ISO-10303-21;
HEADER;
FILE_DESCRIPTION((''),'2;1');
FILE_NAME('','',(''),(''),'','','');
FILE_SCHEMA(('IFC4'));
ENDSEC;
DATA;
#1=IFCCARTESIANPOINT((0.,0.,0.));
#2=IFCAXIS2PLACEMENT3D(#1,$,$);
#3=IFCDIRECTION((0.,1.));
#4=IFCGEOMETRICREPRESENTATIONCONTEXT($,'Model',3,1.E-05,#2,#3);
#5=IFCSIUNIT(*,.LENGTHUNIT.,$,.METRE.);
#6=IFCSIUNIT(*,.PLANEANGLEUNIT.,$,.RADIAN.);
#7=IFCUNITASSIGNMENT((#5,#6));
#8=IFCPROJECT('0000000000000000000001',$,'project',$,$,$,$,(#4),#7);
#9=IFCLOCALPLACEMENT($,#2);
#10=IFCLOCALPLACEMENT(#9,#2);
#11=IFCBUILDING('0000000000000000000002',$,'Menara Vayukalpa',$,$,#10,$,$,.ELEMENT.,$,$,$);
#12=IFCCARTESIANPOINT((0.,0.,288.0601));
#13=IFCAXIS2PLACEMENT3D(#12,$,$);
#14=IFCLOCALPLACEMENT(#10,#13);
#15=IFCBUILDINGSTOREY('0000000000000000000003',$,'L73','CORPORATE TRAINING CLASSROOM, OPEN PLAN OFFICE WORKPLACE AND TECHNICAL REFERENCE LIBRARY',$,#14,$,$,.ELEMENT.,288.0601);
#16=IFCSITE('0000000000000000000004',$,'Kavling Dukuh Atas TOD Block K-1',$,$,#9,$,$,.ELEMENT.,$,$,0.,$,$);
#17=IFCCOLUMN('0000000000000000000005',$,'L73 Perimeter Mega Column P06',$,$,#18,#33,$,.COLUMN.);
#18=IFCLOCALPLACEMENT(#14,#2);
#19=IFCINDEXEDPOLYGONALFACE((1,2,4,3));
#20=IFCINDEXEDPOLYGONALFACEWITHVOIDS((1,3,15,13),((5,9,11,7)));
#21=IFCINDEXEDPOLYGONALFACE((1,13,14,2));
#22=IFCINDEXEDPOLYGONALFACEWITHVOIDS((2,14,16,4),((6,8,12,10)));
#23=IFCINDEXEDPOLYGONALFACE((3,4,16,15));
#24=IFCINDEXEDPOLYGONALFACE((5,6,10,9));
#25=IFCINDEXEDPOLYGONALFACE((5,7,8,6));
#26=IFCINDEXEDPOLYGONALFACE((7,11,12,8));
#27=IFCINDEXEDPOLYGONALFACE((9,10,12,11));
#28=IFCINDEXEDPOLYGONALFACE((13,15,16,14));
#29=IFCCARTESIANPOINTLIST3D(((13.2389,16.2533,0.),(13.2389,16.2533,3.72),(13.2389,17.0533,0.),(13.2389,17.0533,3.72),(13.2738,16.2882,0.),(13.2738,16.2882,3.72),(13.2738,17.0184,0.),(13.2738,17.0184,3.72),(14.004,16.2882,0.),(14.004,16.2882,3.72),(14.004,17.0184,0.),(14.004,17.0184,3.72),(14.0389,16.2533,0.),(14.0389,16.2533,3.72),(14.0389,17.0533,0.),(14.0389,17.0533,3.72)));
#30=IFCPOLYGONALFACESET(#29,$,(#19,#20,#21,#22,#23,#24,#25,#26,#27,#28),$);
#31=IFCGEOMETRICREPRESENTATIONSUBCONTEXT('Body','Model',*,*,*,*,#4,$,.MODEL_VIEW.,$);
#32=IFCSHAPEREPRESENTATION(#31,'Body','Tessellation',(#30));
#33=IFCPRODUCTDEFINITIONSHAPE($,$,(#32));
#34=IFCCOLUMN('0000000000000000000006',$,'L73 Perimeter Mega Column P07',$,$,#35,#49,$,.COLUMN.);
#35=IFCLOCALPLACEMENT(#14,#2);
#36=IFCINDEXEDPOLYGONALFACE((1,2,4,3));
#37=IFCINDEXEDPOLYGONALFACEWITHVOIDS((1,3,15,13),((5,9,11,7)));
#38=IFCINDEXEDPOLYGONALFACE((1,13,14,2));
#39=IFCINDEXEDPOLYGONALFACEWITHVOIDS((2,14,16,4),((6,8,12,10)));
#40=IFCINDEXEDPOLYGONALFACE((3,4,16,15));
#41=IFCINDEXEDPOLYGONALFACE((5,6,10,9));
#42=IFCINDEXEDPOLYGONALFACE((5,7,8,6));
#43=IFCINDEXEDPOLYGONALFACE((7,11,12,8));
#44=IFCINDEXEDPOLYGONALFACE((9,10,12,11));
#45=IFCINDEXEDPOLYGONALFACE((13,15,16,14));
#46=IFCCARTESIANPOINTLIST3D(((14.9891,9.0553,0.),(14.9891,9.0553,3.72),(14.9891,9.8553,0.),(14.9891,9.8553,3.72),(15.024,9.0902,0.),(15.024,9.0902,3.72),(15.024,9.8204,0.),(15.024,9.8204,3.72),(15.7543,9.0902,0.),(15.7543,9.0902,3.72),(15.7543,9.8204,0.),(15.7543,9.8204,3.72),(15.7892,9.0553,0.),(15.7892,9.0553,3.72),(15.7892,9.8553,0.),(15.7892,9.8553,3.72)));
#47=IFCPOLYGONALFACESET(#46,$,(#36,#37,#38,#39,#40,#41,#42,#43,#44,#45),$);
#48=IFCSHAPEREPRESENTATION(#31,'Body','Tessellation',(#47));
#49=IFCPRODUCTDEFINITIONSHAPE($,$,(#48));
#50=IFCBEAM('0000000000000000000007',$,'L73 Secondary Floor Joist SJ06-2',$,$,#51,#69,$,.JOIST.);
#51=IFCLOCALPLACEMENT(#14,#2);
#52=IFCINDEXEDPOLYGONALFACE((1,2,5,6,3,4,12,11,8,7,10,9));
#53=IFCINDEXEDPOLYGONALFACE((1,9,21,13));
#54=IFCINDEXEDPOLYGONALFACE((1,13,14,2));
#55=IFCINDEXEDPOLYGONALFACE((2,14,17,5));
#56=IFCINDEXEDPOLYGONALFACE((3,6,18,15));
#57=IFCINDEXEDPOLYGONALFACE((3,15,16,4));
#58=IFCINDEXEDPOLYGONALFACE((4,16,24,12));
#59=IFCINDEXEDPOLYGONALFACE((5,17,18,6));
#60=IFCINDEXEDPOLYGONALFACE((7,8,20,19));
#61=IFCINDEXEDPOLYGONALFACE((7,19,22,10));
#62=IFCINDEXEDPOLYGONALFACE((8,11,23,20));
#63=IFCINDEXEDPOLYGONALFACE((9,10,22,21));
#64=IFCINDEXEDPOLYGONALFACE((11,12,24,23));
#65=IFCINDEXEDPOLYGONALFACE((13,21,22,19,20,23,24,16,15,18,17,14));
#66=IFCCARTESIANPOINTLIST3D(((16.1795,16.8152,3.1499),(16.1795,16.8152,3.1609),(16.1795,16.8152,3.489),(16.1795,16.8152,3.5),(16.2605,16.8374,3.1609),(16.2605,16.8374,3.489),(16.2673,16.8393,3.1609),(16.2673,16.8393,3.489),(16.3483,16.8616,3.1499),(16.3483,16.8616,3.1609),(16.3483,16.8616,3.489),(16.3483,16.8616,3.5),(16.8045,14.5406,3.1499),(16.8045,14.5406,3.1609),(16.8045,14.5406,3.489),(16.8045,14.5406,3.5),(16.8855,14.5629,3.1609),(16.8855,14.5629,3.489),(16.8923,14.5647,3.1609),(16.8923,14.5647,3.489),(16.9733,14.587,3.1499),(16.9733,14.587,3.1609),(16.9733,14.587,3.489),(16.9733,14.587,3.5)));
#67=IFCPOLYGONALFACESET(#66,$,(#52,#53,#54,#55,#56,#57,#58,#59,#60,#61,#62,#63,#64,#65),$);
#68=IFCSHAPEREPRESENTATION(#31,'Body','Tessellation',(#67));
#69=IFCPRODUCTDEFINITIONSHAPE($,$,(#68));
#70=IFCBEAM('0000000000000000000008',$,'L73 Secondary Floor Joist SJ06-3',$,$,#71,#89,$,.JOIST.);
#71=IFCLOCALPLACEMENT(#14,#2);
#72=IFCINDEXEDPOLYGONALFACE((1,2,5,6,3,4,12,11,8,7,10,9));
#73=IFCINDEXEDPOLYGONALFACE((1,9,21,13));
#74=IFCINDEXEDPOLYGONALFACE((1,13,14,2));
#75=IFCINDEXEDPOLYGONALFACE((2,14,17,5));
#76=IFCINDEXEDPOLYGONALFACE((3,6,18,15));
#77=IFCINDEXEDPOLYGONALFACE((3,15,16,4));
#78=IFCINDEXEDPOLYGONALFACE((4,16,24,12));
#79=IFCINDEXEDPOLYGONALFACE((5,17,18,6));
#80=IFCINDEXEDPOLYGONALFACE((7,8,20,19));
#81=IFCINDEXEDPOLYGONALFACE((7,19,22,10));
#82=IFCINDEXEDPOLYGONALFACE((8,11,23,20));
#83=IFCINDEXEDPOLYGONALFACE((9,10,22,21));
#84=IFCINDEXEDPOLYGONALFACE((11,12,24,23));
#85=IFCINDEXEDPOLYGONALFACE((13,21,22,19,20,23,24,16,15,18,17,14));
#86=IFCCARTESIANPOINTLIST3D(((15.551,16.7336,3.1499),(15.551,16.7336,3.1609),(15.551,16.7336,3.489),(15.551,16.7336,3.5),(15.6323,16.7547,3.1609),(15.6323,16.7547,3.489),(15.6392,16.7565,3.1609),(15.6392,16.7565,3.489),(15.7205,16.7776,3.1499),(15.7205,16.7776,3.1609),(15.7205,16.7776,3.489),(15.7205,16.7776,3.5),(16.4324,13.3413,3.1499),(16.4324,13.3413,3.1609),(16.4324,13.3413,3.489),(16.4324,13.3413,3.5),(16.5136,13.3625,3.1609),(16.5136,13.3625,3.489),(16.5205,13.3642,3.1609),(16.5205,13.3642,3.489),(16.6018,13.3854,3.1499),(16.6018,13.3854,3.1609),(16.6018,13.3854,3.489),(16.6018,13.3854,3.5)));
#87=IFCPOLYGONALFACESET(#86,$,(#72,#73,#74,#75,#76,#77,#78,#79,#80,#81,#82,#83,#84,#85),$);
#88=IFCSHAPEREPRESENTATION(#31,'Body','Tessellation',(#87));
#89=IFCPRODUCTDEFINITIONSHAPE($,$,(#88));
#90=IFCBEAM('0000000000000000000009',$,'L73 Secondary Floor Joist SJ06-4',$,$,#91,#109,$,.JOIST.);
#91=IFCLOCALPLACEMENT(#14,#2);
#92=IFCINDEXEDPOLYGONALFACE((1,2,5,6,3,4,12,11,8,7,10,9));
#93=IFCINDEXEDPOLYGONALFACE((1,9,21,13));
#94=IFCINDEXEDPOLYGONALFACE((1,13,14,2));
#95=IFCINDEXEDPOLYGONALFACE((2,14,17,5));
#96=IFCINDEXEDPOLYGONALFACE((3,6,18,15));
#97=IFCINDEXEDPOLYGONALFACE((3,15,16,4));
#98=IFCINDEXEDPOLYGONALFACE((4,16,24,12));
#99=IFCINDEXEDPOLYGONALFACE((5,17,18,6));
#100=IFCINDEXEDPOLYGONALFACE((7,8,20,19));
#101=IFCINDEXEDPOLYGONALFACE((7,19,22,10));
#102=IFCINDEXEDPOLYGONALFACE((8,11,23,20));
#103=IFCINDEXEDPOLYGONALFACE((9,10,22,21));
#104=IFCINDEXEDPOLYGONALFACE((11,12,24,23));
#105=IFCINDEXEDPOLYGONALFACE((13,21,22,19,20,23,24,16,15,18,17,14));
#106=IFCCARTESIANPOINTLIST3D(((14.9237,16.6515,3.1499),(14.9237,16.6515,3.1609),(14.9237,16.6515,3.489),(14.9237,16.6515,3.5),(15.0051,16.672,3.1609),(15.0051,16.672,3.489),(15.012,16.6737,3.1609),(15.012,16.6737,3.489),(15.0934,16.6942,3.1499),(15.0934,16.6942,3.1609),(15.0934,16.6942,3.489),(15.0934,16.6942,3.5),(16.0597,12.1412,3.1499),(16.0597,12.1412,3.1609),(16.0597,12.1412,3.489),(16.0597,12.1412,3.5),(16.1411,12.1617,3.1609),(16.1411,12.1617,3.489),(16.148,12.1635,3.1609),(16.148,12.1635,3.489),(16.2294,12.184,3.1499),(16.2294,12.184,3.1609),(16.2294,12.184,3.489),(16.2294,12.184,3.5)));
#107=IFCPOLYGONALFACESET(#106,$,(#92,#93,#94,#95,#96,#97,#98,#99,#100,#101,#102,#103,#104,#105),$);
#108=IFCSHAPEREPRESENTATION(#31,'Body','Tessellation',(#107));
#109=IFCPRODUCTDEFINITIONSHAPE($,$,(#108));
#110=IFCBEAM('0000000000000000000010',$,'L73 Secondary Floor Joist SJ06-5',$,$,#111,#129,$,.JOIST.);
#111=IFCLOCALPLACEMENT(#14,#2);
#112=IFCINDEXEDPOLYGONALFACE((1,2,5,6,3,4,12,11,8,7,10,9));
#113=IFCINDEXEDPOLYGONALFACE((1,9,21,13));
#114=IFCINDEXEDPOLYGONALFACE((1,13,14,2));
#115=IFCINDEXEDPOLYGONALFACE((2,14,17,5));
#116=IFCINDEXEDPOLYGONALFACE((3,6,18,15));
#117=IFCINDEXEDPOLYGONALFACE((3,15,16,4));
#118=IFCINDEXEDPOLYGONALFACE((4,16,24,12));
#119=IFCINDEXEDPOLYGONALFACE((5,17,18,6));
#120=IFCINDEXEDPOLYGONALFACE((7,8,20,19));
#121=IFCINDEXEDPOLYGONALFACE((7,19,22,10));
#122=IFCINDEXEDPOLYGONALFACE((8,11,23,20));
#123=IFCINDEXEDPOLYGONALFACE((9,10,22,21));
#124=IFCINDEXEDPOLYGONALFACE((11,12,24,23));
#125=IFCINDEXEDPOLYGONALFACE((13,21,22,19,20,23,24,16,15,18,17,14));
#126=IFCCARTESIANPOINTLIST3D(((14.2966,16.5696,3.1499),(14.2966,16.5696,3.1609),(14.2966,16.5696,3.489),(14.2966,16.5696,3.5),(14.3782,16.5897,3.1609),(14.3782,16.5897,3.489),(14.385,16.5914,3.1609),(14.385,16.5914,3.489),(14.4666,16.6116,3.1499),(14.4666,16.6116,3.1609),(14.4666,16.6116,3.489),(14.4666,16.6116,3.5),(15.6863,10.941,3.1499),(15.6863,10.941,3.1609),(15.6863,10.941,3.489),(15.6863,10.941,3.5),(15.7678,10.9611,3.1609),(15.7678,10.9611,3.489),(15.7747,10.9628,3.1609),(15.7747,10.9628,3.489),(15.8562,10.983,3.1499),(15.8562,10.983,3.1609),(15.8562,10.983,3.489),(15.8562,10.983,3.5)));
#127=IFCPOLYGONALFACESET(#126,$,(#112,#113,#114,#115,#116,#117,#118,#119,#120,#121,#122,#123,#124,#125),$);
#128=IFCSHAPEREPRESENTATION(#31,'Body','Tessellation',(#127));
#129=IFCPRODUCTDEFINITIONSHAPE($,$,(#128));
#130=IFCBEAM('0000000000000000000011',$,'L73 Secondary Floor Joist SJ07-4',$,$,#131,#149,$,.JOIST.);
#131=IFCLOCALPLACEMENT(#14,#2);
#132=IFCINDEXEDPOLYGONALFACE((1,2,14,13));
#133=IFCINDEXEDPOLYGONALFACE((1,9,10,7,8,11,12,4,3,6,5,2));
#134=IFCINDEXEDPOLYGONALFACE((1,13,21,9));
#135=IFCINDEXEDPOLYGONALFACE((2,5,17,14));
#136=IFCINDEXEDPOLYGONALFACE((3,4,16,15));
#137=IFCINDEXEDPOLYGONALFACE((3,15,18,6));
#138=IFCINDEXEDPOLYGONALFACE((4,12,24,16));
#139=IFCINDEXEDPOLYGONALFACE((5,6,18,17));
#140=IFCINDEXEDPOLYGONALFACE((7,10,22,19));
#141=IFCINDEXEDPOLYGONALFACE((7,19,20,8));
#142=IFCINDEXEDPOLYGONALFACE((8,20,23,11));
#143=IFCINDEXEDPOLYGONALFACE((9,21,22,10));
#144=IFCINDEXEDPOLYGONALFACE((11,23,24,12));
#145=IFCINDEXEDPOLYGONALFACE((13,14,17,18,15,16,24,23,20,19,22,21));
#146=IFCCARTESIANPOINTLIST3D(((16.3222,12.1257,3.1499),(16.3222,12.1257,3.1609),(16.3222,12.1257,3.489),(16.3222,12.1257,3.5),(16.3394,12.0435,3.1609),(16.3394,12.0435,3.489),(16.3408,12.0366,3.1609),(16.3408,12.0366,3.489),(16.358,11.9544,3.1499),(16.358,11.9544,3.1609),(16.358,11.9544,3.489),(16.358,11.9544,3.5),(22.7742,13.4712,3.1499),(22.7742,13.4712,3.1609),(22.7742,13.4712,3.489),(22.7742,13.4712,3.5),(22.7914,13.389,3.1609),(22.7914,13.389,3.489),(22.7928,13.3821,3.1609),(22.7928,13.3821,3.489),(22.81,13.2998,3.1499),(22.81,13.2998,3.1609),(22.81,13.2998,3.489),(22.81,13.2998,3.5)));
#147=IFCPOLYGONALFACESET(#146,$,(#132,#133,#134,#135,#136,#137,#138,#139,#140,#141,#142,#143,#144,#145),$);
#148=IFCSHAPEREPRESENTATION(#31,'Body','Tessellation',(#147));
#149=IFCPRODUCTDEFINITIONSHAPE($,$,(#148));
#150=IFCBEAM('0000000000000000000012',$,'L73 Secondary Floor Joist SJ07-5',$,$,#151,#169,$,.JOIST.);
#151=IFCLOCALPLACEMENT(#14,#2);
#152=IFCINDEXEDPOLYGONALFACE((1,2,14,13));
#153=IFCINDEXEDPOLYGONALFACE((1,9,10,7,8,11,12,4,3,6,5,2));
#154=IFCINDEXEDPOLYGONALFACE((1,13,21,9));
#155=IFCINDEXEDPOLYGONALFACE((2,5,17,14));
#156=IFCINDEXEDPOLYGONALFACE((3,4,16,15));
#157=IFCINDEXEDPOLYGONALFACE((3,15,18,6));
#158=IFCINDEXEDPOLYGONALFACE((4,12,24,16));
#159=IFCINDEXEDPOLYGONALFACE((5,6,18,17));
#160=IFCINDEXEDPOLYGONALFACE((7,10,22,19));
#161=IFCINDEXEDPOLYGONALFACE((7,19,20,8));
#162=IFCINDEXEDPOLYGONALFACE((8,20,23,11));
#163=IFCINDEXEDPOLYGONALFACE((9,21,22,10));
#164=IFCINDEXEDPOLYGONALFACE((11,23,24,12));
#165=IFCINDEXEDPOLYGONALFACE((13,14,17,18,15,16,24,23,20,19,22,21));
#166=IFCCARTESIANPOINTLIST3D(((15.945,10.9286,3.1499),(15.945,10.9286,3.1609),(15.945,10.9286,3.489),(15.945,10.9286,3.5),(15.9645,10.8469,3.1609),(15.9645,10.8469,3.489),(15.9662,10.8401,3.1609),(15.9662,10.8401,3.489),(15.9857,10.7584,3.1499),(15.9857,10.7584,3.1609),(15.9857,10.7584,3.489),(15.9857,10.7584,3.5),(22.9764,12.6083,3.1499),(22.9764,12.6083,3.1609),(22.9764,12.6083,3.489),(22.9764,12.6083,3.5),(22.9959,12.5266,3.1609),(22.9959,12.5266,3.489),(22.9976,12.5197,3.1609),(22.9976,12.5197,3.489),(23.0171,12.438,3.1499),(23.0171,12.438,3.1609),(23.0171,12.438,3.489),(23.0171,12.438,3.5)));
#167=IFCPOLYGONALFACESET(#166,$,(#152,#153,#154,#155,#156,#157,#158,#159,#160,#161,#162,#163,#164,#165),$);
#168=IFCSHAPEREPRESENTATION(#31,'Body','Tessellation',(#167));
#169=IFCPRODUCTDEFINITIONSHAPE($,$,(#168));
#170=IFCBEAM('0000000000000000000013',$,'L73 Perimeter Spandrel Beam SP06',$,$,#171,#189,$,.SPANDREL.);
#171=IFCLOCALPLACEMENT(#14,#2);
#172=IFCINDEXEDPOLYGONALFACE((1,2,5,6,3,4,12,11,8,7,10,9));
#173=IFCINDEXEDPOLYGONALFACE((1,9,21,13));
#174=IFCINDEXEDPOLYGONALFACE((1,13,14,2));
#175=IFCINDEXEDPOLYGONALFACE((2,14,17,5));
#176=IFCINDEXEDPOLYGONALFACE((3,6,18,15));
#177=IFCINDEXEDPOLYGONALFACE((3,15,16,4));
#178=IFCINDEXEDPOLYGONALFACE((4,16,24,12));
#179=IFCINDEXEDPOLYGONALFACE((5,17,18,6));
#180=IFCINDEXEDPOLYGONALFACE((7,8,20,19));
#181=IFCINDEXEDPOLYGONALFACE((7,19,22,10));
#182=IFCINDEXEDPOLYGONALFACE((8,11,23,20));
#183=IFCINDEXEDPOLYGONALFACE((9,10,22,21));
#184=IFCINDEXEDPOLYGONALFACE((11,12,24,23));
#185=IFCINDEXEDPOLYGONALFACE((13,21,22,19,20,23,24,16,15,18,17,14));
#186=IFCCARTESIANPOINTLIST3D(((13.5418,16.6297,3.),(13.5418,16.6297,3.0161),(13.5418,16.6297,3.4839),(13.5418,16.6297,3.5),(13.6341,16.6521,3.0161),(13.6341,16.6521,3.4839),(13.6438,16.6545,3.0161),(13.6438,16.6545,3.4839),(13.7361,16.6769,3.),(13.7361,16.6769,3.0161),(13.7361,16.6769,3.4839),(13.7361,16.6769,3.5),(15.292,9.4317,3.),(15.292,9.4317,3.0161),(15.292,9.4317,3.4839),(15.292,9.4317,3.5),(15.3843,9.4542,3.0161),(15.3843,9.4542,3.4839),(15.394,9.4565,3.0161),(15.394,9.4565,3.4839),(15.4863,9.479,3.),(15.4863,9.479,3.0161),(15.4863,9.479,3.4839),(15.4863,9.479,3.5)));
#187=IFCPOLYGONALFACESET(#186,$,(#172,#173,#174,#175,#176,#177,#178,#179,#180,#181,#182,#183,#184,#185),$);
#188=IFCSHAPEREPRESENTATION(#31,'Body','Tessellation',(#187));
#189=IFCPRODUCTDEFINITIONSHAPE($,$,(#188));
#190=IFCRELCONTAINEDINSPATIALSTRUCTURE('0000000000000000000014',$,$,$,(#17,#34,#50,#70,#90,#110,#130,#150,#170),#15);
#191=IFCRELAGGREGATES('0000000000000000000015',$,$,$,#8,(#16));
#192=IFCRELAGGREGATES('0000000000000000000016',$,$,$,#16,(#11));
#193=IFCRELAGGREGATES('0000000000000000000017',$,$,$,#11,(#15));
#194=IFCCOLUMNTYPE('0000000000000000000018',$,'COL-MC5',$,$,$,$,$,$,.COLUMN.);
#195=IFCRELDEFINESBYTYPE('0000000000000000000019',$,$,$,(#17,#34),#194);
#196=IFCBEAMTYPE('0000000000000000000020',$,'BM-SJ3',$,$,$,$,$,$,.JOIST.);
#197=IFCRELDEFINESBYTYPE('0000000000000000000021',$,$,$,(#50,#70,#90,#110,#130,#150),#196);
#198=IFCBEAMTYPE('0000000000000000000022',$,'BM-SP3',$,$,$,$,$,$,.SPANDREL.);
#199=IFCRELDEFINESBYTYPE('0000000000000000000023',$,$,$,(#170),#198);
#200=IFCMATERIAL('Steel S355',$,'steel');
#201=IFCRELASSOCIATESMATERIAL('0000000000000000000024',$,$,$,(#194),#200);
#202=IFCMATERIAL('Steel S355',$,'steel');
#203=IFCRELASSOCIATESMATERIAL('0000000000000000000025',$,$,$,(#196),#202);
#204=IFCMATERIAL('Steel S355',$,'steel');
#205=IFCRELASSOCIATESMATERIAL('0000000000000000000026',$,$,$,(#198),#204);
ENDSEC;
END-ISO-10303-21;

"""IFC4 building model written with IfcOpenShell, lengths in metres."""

from ifc_helpers import new_model, si_unit, direction, frame, origin, origin_2d, place, context, subcontext, project, spatial, hollow_rectangle, i_section, extrude, material, material_profile, profile_set, type_object, element, save


model = new_model("IFC4")

# Units and contexts
model_context = context("Model", 3, precision=1e-05, world=origin(), true_north=direction((0.0, 1.0)))
body_context = subcontext(model_context, "Body", "Model", "MODEL_VIEW")
ifc_project = project(units=[si_unit("LENGTHUNIT", "METRE"), si_unit("PLANEANGLEUNIT", "RADIAN")], contexts=[model_context])

# Site, building, storey
site_placement = place(None, origin())
site = spatial("IfcSite", under=ifc_project, at=site_placement, Name="Kavling Dukuh Atas TOD Block K-1", CompositionType="ELEMENT", RefElevation=0.0)
building_placement = place(site_placement, origin())
building = spatial("IfcBuilding", under=site, at=building_placement, Name="Menara Vayukalpa", CompositionType="ELEMENT")
storey_placement = place(building_placement, frame((0.0, 0.0, 288.0601)))
storey = spatial("IfcBuildingStorey", under=building, at=storey_placement, Name="L73", Description="CORPORATE TRAINING CLASSROOM, OPEN PLAN OFFICE WORKPLACE AND TECHNICAL REFERENCE LIBRARY", CompositionType="ELEMENT", Elevation=288.0601)

# Columns
ifc_material_1 = material(Name="Steel S355", Category="steel")
ifc_material_profile_1 = material_profile(ifc_material_1, hollow_rectangle(XDim=0.8, YDim=0.8, WallThickness=0.0349, at=origin_2d()), Name="BOX 800x800x35")
ifc_profile_set_1 = profile_set([ifc_material_profile_1], Name="Steel S355")
column_type = type_object("IfcColumnType", Name="COL-MC5", PredefinedType="COLUMN", material=ifc_profile_set_1)
for number, where, z_axis, x_axis, name in (
    (1, (13.6389, 16.6533, 0.0), (0.0, 0.0, 1.0), (1.0, 0.0, 0.0), "L73 Perimeter Mega Column P06"),
    (2, (15.3892, 9.4553, 0.0), (0.0, 0.0, 1.0), (1.0, 0.0, 0.0), "L73 Perimeter Mega Column P07"),
):
    element("IfcColumn", number, at=place(storey_placement, frame(where, z_axis=z_axis, x_axis=x_axis)), inside=storey, type_object=column_type, Name=name, PredefinedType="COLUMN", context=body_context, shape_type="SweptSolid", body=[
        extrude(hollow_rectangle(XDim=0.8, YDim=0.8, WallThickness=0.0349, at=origin_2d()), origin(), (0.0, 0.0, 1.0), 3.72),
    ])

# Beams
ifc_material_2 = material(Name="Steel S355", Category="steel")
ifc_material_profile_2 = material_profile(ifc_material_2, i_section(OverallWidth=0.175, OverallDepth=0.3501, WebThickness=0.0071, FlangeThickness=0.011, at=origin_2d()), Name="WF 350x175x7x11")
ifc_profile_set_2 = profile_set([ifc_material_profile_2], Name="Steel S355")
beam_type_1 = type_object("IfcBeamType", Name="BM-SJ3", PredefinedType="JOIST", material=ifc_profile_set_2)
beam_1_placement = place(storey_placement, frame((16.2639, 16.8384, 3.325), z_axis=(0.264947, -0.964263, 0.0), x_axis=(0.964263, 0.264947, 0.0)))
element("IfcBeam", 3, at=beam_1_placement, inside=storey, type_object=beam_type_1, Name="L73 Secondary Floor Joist SJ06-2", PredefinedType="JOIST", context=body_context, shape_type="SweptSolid", body=[
    extrude(i_section(OverallWidth=0.175, OverallDepth=0.3501, WebThickness=0.0071, FlangeThickness=0.011, at=origin_2d()), origin(), (0.0, 0.0, 1.0), 2.3589),
])
beam_2_placement = place(storey_placement, frame((15.6357, 16.7556, 3.325), z_axis=(0.251458, -0.967868, 0.0), x_axis=(0.967868, 0.251458, 0.0)))
element("IfcBeam", 4, at=beam_2_placement, inside=storey, type_object=beam_type_1, Name="L73 Secondary Floor Joist SJ06-3", PredefinedType="JOIST", context=body_context, shape_type="SweptSolid", body=[
    extrude(i_section(OverallWidth=0.175, OverallDepth=0.3501, WebThickness=0.0071, FlangeThickness=0.011, at=origin_2d()), origin(), (0.0, 0.0, 1.0), 3.5049),
])
beam_3_placement = place(storey_placement, frame((15.0085, 16.6729, 3.325), z_axis=(0.24424, -0.969715, 0.0), x_axis=(0.969715, 0.24424, 0.0)))
element("IfcBeam", 5, at=beam_3_placement, inside=storey, type_object=beam_type_1, Name="L73 Secondary Floor Joist SJ06-4", PredefinedType="JOIST", context=body_context, shape_type="SweptSolid", body=[
    extrude(i_section(OverallWidth=0.175, OverallDepth=0.3501, WebThickness=0.0071, FlangeThickness=0.011, at=origin_2d()), origin(), (0.0, 0.0, 1.0), 4.6511),
])
beam_4_placement = place(storey_placement, frame((14.3816, 16.5906, 3.325), z_axis=(0.239691, -0.970849, 0.0), x_axis=(0.970849, 0.239691, 0.0)))
element("IfcBeam", 6, at=beam_4_placement, inside=storey, type_object=beam_type_1, Name="L73 Secondary Floor Joist SJ06-5", PredefinedType="JOIST", context=body_context, shape_type="SweptSolid", body=[
    extrude(i_section(OverallWidth=0.175, OverallDepth=0.3501, WebThickness=0.0071, FlangeThickness=0.011, at=origin_2d()), origin(), (0.0, 0.0, 1.0), 5.7976),
])
beam_5_placement = place(storey_placement, frame((16.3401, 12.04, 3.325), z_axis=(0.978941, 0.204145, 0.0), x_axis=(-0.204145, 0.978941, 0.0)))
element("IfcBeam", 7, at=beam_5_placement, inside=storey, type_object=beam_type_1, Name="L73 Secondary Floor Joist SJ07-4", PredefinedType="JOIST", context=body_context, shape_type="SweptSolid", body=[
    extrude(i_section(OverallWidth=0.175, OverallDepth=0.3501, WebThickness=0.0071, FlangeThickness=0.011, at=origin_2d()), origin(), (0.0, 0.0, 1.0), 6.5908),
])
beam_6_placement = place(storey_placement, frame((15.9653, 10.8435, 3.325), z_axis=(0.972634, 0.232343, 0.0), x_axis=(-0.232343, 0.972634, 0.0)))
element("IfcBeam", 8, at=beam_6_placement, inside=storey, type_object=beam_type_1, Name="L73 Secondary Floor Joist SJ07-5", PredefinedType="JOIST", context=body_context, shape_type="SweptSolid", body=[
    extrude(i_section(OverallWidth=0.175, OverallDepth=0.3501, WebThickness=0.0071, FlangeThickness=0.011, at=origin_2d()), origin(), (0.0, 0.0, 1.0), 7.2292),
])
ifc_material_3 = material(Name="Steel S355", Category="steel")
ifc_material_profile_3 = material_profile(ifc_material_3, i_section(OverallWidth=0.2, OverallDepth=0.5, WebThickness=0.01, FlangeThickness=0.0161, at=origin_2d()), Name="WF 500x200x10x16")
ifc_profile_set_3 = profile_set([ifc_material_profile_3], Name="Steel S355")
beam_type_2 = type_object("IfcBeamType", Name="BM-SP3", PredefinedType="SPANDREL", material=ifc_profile_set_3)
beam_7_placement = place(storey_placement, frame((13.6389, 16.6533, 3.25), z_axis=(0.236273, -0.971687, 0.0), x_axis=(0.971687, 0.236273, 0.0)))
element("IfcBeam", 9, at=beam_7_placement, inside=storey, type_object=beam_type_2, Name="L73 Perimeter Spandrel Beam SP06", PredefinedType="SPANDREL", context=body_context, shape_type="SweptSolid", body=[
    extrude(i_section(OverallWidth=0.2, OverallDepth=0.5, WebThickness=0.01, FlangeThickness=0.0161, at=origin_2d()), origin(), (0.0, 0.0, 1.0), 7.4077),
])

save(model, "model.ifc")
